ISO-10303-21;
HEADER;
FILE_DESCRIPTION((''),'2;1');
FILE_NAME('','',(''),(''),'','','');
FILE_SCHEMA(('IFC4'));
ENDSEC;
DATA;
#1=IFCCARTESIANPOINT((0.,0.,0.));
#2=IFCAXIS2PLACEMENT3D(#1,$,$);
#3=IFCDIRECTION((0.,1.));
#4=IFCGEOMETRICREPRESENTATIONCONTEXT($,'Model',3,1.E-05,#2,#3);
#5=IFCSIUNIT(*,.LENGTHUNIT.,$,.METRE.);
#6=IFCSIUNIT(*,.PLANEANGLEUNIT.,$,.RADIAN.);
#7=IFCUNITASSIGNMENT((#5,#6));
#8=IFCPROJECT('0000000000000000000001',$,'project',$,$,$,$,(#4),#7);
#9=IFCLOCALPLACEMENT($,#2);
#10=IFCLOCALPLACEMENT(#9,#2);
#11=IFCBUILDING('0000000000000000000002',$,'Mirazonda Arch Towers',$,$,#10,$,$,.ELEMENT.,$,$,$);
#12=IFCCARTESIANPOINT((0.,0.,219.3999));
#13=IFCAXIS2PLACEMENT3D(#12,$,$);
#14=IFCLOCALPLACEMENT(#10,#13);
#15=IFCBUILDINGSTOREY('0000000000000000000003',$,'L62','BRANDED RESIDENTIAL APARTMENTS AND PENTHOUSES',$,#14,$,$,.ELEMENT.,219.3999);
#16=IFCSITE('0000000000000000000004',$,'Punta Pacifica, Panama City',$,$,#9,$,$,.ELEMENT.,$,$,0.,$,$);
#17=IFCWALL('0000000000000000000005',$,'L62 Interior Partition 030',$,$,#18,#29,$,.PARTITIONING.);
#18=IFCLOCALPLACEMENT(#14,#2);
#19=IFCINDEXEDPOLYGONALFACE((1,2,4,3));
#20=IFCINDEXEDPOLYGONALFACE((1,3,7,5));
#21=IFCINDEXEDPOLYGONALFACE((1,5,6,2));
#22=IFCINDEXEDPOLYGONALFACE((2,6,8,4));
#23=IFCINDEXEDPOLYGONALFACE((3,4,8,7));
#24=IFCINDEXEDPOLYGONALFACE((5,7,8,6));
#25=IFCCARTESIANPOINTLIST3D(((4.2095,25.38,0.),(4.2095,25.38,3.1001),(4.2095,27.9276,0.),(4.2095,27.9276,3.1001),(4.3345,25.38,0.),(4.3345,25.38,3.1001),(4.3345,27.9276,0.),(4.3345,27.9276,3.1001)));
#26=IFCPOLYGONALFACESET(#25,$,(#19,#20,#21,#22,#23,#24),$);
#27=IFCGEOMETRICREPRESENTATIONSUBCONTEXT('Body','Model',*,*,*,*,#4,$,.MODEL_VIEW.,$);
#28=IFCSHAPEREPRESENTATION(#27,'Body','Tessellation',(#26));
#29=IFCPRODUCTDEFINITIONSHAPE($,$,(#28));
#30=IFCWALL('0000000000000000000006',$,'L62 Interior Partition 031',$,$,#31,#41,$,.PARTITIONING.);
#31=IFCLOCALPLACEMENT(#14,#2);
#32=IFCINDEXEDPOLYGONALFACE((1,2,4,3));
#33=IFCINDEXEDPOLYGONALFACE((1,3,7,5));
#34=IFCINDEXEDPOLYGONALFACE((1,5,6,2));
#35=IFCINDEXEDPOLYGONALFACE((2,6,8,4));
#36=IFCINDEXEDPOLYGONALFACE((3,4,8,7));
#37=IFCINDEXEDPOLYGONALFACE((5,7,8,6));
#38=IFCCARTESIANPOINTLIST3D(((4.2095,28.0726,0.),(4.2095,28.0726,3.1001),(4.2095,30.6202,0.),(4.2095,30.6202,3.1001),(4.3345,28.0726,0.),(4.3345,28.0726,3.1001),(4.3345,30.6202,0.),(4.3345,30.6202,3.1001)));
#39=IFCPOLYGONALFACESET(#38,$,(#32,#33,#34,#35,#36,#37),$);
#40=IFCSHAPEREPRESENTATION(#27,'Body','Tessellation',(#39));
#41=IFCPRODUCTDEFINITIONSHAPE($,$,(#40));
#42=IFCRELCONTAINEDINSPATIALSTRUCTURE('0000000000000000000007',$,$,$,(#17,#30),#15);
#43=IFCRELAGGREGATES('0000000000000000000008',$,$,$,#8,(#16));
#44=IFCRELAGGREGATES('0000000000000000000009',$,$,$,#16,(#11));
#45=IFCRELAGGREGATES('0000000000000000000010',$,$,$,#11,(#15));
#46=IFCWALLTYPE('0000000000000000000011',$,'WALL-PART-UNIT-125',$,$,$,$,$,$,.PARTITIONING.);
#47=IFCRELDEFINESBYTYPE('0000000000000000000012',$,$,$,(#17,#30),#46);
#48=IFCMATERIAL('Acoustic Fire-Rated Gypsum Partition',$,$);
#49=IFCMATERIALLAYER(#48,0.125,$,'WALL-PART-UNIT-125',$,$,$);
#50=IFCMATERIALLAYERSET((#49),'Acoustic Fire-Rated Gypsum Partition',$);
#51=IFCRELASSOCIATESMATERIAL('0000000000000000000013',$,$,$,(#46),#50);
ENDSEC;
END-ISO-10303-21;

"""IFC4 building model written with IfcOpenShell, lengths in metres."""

from ifc_helpers import new_model, si_unit, direction, frame, frame_2d, origin, place, context, subcontext, project, spatial, rectangle, extrude, material, layer, layer_set, type_object, element, save


model = new_model("IFC4")

# Units and contexts
model_context = context("Model", 3, precision=1e-05, world=origin(), true_north=direction((0.0, 1.0)))
body_context = subcontext(model_context, "Body", "Model", "MODEL_VIEW")
ifc_project = project(units=[si_unit("LENGTHUNIT", "METRE"), si_unit("PLANEANGLEUNIT", "RADIAN")], contexts=[model_context])

# Site, building, storey
site_placement = place(None, origin())
site = spatial("IfcSite", under=ifc_project, at=site_placement, Name="Punta Pacifica, Panama City", CompositionType="ELEMENT", RefElevation=0.0)
building_placement = place(site_placement, origin())
building = spatial("IfcBuilding", under=site, at=building_placement, Name="Mirazonda Arch Towers", CompositionType="ELEMENT")
storey_placement = place(building_placement, frame((0.0, 0.0, 219.3999)))
storey = spatial("IfcBuildingStorey", under=building, at=storey_placement, Name="L62", Description="BRANDED RESIDENTIAL APARTMENTS AND PENTHOUSES", CompositionType="ELEMENT", Elevation=219.3999)

# Walls
ifc_material_1 = material(Name="Acoustic Fire-Rated Gypsum Partition")
ifc_layer_1 = layer(ifc_material_1, 0.125, Name="WALL-PART-UNIT-125")
ifc_layer_set_1 = layer_set([ifc_layer_1], Name="Acoustic Fire-Rated Gypsum Partition")
wall_type_1 = type_object("IfcWallType", Name="WALL-PART-UNIT-125", PredefinedType="PARTITIONING", material=ifc_layer_set_1)
for number, where, z_axis, x_axis, name in (
    (1, (4.272, 25.3799, 0.0), (0.0, 0.0, 1.0), (0.0, 1.0, 0.0), "L62 Interior Partition 030"),
    (2, (4.272, 28.0725, 0.0), (0.0, 0.0, 1.0), (0.0, 1.0, 0.0), "L62 Interior Partition 031"),
):
    element("IfcWall", number, at=place(storey_placement, frame(where, z_axis=z_axis, x_axis=x_axis)), inside=storey, type_object=wall_type_1, Name=name, PredefinedType="PARTITIONING", context=body_context, shape_type="SweptSolid", body=[
        extrude(rectangle(XDim=2.5476, YDim=0.125, at=frame_2d((1.2739, 0.0))), origin(), (0.0, 0.0, 1.0), 3.1001),
    ])

save(model, "model.ifc")
